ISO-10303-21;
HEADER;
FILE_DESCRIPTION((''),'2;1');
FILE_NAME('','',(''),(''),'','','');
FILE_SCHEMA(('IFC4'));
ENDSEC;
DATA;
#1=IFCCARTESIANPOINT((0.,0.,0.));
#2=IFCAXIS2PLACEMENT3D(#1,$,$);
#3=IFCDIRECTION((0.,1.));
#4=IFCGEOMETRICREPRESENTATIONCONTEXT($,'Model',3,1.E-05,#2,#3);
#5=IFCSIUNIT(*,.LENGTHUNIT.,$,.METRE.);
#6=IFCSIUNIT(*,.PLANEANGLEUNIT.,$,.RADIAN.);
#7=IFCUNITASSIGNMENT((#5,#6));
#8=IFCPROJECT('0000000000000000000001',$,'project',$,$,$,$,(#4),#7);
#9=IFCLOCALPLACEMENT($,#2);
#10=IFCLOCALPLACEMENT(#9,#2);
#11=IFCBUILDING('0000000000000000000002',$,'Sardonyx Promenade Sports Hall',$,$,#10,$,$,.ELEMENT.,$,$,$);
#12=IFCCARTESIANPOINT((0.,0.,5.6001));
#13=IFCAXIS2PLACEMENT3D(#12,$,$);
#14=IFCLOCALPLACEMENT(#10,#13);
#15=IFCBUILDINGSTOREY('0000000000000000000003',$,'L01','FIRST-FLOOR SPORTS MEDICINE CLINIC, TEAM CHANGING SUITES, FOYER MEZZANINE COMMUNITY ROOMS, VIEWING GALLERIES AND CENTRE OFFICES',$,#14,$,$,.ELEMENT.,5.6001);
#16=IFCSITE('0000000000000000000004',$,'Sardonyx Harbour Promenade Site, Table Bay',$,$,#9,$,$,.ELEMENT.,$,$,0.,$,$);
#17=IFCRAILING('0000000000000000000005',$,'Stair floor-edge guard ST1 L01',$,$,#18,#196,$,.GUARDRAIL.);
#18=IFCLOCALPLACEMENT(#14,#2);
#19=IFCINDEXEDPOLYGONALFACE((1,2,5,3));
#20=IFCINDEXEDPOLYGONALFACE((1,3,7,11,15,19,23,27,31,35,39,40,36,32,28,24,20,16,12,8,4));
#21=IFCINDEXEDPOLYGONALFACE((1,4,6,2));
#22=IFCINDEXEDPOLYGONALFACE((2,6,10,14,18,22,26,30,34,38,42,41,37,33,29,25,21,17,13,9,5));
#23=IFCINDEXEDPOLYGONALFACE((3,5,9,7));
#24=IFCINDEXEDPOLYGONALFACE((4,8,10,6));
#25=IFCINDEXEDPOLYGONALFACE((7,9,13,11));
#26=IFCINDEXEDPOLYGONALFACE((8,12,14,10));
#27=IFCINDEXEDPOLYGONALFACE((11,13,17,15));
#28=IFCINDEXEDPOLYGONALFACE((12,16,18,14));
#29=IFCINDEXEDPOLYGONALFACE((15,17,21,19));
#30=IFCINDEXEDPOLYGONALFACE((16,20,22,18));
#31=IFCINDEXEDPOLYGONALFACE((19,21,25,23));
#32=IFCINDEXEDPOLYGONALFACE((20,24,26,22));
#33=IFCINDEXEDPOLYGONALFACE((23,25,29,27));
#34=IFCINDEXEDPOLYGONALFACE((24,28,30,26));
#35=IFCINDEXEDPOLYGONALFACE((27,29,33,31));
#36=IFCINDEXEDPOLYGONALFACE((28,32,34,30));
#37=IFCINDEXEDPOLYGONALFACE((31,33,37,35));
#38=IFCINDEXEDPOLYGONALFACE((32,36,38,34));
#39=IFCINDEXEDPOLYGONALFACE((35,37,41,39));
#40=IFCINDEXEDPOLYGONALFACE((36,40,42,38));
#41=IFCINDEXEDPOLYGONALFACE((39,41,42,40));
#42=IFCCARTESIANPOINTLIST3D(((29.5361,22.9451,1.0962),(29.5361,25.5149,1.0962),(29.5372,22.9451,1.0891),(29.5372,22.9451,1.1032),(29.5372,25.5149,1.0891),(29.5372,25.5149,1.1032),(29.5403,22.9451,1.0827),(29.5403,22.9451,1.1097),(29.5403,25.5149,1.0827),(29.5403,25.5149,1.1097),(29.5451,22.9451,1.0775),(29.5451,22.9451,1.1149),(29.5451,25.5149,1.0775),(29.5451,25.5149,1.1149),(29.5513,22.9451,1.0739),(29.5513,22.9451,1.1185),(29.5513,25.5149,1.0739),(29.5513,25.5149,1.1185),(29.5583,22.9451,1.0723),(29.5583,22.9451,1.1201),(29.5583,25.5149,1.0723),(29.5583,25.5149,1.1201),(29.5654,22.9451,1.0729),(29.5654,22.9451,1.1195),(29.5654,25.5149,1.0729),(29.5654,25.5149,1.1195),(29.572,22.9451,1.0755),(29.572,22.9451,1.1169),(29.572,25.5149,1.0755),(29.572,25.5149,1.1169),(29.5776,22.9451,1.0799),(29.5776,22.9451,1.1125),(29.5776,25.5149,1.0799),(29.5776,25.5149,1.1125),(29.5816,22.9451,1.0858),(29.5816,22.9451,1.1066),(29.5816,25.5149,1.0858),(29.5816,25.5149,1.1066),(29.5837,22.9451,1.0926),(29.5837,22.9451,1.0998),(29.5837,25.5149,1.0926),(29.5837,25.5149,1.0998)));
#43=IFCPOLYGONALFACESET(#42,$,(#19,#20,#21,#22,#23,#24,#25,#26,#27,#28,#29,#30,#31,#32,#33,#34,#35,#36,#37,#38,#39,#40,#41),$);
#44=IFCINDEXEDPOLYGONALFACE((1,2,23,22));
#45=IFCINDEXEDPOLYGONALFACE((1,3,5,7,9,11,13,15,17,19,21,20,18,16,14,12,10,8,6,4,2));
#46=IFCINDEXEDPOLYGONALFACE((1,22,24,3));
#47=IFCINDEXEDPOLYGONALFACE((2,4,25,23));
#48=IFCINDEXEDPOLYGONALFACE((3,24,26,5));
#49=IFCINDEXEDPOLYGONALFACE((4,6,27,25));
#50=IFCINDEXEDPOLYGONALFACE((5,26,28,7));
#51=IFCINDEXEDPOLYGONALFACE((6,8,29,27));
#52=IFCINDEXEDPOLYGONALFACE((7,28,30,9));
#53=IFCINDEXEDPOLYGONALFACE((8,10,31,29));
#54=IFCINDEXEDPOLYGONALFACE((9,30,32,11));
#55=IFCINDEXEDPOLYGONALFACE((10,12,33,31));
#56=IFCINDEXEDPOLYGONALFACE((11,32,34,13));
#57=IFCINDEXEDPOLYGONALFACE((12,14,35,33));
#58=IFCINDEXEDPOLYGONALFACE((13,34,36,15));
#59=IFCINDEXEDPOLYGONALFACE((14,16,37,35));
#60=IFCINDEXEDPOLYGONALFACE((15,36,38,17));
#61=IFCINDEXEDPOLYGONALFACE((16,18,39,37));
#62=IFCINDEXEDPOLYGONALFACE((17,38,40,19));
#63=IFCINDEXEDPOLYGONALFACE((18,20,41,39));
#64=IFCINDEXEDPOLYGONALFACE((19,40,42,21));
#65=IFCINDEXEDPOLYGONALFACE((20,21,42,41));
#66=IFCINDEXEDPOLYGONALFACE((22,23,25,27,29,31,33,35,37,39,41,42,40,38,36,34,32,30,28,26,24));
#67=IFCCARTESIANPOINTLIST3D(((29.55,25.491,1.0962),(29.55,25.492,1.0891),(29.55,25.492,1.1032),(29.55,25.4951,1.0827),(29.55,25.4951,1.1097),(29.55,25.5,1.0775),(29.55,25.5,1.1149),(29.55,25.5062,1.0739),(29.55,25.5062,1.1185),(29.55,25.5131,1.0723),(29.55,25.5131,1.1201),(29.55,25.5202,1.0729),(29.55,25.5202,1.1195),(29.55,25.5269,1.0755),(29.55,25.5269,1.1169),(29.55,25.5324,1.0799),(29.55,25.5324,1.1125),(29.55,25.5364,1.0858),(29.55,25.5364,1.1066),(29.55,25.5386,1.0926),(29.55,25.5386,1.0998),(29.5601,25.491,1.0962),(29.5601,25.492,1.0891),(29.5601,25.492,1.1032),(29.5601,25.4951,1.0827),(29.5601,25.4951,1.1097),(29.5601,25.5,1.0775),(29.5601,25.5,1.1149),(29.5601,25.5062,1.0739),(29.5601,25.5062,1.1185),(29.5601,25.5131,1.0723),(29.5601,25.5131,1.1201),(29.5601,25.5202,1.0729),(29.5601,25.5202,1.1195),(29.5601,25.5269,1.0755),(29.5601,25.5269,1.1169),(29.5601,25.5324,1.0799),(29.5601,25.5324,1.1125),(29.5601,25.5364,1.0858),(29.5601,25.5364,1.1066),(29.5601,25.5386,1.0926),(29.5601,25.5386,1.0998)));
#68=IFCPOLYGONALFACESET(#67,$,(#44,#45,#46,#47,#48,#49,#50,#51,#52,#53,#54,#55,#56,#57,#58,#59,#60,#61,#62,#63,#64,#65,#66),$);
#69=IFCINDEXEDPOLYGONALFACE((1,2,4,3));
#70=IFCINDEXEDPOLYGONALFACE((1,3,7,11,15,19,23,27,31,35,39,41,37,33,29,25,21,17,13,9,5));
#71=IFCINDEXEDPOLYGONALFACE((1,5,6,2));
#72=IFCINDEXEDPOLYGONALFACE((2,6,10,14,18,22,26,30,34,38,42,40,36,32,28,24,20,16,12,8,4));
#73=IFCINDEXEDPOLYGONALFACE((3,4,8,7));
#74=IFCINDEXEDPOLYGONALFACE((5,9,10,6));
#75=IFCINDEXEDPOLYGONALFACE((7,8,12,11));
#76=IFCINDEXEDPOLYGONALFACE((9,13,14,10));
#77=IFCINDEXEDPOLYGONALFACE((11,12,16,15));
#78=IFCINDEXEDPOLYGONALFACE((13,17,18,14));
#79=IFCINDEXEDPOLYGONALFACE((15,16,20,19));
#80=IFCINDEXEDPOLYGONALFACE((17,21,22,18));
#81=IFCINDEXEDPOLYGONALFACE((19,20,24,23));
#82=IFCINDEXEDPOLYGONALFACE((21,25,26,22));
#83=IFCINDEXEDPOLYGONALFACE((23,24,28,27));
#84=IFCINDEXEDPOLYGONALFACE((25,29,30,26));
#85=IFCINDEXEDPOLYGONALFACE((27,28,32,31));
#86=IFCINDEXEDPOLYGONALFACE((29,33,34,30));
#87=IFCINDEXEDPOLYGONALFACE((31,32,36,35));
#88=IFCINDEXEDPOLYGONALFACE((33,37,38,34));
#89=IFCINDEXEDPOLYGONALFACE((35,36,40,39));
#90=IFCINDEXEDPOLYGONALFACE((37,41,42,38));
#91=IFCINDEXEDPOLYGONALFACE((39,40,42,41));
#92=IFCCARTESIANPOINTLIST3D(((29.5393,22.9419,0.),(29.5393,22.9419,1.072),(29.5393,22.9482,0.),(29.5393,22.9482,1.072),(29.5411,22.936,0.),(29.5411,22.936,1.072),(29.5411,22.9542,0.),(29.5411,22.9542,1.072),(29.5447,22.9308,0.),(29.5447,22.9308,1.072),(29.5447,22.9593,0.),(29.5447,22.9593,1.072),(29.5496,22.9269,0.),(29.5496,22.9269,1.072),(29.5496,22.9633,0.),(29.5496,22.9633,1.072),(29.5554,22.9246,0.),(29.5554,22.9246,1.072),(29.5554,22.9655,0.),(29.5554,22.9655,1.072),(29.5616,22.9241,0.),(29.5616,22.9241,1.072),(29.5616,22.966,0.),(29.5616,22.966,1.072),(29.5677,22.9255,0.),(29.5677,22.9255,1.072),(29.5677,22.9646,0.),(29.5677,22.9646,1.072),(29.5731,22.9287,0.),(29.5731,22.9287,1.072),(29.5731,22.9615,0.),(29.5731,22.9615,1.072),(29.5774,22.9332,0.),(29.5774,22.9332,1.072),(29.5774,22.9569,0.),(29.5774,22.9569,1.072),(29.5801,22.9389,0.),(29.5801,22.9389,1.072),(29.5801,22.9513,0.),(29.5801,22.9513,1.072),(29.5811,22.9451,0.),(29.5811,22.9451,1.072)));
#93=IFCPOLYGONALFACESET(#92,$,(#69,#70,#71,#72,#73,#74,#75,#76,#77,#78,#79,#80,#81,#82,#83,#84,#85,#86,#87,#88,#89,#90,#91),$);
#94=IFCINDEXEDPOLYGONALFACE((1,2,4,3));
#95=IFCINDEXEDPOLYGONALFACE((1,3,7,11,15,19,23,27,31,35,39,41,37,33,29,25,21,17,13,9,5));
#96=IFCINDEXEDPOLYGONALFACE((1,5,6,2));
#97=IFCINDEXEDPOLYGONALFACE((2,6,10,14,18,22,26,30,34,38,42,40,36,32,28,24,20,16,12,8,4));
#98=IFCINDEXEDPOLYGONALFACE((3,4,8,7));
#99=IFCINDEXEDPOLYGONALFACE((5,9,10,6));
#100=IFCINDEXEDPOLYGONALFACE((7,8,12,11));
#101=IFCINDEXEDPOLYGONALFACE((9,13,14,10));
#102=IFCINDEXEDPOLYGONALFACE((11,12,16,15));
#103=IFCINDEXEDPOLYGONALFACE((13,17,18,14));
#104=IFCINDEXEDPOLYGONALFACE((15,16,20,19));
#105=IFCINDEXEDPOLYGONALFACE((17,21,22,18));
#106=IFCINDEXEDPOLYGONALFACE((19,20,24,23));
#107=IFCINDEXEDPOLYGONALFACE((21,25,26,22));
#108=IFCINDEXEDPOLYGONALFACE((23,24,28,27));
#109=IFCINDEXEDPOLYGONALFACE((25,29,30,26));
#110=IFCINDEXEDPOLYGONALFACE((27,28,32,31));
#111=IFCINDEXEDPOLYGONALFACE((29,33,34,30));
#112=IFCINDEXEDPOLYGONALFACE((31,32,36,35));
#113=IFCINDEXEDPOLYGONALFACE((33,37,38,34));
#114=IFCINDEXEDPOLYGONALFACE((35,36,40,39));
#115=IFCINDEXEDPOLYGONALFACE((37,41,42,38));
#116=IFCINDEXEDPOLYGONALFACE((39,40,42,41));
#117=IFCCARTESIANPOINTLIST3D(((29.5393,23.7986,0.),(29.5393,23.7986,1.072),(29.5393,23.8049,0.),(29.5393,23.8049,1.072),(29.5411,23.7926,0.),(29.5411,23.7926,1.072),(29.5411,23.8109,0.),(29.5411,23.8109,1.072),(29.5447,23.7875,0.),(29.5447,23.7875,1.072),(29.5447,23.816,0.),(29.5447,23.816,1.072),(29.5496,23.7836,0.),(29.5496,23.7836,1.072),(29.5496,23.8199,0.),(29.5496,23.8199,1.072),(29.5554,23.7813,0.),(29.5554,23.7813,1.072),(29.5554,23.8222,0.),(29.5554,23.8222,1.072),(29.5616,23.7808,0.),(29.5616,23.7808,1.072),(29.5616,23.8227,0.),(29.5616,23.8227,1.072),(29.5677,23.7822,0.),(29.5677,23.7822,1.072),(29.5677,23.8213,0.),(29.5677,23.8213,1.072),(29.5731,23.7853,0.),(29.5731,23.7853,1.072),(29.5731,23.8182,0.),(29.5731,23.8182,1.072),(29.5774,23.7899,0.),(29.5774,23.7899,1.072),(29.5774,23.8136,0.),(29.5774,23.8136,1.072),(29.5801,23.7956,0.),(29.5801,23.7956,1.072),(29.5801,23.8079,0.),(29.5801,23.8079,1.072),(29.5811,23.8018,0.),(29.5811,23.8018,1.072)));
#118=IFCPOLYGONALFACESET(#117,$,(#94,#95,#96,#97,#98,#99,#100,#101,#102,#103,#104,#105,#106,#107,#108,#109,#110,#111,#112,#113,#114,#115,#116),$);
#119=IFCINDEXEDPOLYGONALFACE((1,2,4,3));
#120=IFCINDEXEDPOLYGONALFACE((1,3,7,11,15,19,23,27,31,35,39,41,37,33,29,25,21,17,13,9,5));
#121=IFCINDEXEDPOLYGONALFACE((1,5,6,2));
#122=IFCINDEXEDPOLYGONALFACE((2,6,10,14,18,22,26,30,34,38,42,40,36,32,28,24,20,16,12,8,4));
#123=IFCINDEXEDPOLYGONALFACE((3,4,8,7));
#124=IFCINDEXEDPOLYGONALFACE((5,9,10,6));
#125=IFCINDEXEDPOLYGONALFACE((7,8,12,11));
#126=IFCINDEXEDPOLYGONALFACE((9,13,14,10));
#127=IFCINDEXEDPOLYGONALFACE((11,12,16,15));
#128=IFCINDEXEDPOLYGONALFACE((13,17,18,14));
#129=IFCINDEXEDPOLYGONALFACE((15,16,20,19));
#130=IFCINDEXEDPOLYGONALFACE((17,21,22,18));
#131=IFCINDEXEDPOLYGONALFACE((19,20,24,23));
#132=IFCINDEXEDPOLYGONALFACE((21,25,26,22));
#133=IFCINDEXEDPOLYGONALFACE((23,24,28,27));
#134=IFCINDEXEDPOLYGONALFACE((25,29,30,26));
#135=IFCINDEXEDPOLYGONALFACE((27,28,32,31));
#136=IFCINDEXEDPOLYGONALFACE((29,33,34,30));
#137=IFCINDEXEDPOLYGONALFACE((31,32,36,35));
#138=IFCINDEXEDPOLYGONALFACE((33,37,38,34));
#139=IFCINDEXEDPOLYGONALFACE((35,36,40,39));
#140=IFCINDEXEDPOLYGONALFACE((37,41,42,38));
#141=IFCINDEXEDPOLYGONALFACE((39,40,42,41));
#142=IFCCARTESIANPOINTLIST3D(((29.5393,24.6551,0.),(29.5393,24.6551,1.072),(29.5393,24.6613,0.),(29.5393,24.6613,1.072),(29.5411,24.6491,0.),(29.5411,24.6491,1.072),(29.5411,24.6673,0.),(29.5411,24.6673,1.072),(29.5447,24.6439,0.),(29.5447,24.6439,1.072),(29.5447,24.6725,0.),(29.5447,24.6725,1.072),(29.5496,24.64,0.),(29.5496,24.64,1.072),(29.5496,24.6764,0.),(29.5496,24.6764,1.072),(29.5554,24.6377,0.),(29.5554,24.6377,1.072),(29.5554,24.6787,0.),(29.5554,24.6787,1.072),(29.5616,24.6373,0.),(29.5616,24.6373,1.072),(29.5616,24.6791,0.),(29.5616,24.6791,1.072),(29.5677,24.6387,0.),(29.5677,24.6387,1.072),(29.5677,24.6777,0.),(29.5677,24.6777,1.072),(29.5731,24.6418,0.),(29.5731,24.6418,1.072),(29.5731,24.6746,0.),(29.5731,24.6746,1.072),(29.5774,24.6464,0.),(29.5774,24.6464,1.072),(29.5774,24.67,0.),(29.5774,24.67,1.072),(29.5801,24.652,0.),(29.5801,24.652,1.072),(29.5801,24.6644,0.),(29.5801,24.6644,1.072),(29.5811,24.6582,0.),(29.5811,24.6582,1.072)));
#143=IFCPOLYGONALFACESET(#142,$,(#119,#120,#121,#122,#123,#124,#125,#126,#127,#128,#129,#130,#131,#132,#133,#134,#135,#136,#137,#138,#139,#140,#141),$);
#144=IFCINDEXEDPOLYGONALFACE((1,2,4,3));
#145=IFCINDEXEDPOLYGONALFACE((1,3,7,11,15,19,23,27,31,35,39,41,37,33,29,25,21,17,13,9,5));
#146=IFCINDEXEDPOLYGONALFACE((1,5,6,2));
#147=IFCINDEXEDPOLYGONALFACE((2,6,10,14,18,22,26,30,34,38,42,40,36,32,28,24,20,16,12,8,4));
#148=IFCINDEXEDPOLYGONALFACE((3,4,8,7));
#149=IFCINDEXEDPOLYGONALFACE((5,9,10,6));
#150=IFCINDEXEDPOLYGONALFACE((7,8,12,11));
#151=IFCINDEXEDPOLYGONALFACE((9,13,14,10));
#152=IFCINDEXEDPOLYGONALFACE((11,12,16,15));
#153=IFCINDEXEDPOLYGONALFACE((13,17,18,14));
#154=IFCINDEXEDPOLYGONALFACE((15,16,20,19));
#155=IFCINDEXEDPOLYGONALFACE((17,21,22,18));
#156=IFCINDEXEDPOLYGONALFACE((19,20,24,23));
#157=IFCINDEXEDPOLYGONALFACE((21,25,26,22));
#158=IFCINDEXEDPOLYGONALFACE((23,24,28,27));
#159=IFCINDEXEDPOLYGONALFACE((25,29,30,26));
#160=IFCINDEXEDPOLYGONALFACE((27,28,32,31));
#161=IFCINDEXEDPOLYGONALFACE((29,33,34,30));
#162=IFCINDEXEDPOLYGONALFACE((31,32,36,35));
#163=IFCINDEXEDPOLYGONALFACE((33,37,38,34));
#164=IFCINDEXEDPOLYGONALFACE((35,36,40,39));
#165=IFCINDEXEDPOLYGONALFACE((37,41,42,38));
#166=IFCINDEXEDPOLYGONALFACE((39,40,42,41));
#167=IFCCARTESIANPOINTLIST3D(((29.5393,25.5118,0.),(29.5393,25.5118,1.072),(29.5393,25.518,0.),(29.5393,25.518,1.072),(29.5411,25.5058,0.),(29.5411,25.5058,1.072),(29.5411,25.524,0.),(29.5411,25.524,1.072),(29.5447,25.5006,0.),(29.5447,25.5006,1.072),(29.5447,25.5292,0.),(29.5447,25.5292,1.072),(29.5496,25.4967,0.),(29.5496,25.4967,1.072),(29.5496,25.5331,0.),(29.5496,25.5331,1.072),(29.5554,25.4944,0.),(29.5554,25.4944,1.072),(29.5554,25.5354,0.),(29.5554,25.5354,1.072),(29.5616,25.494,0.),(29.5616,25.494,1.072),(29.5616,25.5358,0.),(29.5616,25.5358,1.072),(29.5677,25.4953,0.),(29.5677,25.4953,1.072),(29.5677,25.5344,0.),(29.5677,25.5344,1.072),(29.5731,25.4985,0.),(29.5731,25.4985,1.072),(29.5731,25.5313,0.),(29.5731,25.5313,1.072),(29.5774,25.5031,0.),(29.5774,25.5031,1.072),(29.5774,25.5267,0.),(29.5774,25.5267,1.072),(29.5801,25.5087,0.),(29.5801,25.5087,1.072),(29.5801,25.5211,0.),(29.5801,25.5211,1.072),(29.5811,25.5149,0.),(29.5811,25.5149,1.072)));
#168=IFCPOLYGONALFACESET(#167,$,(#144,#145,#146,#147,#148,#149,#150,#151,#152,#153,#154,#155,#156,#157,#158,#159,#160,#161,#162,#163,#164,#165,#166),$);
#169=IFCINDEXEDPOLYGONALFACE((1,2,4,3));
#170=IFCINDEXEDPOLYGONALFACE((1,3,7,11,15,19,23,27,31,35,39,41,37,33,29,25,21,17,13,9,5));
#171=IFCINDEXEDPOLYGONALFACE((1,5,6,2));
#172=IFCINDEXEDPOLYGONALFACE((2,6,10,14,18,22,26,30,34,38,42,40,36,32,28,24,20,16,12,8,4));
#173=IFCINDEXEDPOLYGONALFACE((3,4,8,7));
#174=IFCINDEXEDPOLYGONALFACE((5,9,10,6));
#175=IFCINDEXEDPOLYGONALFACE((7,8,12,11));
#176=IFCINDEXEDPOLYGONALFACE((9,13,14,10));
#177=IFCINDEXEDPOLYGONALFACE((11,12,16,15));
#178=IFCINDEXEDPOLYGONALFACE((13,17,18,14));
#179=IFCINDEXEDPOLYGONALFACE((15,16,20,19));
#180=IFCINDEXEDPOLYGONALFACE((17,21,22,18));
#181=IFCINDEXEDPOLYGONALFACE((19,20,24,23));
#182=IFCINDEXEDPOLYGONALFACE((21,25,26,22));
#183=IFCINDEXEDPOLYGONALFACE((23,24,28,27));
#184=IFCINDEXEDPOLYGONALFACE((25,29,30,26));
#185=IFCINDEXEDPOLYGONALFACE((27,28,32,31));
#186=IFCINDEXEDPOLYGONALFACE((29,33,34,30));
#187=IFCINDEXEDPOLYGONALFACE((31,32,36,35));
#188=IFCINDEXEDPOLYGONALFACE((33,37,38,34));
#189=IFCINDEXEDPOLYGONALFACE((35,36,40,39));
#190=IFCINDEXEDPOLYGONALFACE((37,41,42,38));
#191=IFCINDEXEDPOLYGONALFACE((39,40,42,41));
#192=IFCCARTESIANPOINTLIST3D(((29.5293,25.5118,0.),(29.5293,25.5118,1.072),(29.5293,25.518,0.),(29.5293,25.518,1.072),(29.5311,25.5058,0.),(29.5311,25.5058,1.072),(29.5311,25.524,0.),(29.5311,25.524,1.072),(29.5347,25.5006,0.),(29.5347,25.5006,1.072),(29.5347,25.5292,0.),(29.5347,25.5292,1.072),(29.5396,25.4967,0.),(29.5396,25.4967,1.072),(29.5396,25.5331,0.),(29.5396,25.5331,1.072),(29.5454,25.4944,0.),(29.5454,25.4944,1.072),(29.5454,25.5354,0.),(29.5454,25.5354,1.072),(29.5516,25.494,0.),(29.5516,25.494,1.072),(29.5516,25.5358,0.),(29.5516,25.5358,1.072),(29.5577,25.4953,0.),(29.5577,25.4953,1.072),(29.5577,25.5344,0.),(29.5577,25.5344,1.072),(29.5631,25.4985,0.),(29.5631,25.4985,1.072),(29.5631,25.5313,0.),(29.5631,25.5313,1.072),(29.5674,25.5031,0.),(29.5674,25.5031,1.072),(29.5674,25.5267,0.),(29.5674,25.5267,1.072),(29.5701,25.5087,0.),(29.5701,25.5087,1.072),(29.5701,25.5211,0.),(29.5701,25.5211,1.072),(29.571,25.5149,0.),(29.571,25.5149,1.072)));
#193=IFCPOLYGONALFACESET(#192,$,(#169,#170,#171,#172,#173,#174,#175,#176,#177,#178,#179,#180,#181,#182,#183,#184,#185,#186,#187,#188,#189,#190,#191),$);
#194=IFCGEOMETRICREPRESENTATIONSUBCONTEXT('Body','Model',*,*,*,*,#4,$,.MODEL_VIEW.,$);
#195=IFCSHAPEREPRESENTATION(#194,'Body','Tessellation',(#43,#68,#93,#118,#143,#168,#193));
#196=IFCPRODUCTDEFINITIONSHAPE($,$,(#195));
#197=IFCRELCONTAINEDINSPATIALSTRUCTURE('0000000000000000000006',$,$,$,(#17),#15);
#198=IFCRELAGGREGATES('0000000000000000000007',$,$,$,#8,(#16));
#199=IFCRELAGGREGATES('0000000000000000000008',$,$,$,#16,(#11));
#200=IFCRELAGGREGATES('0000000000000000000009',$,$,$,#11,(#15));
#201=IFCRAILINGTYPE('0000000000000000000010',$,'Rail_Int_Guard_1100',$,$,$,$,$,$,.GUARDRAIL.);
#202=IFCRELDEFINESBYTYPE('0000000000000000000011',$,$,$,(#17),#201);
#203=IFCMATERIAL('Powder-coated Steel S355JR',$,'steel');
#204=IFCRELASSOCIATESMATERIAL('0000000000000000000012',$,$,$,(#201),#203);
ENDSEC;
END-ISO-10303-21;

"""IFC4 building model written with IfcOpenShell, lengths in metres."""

from ifc_helpers import new_model, si_unit, direction, frame, origin, origin_2d, place, context, subcontext, project, spatial, circle, extrude, material, type_object, element, save


model = new_model("IFC4")

# Units and contexts
model_context = context("Model", 3, precision=1e-05, world=origin(), true_north=direction((0.0, 1.0)))
body_context = subcontext(model_context, "Body", "Model", "MODEL_VIEW")
ifc_project = project(units=[si_unit("LENGTHUNIT", "METRE"), si_unit("PLANEANGLEUNIT", "RADIAN")], contexts=[model_context])

# Site, building, storey
site_placement = place(None, origin())
site = spatial("IfcSite", under=ifc_project, at=site_placement, Name="Sardonyx Harbour Promenade Site, Table Bay", CompositionType="ELEMENT", RefElevation=0.0)
building_placement = place(site_placement, origin())
building = spatial("IfcBuilding", under=site, at=building_placement, Name="Sardonyx Promenade Sports Hall", CompositionType="ELEMENT")
storey_placement = place(building_placement, frame((0.0, 0.0, 5.6001)))
storey = spatial("IfcBuildingStorey", under=building, at=storey_placement, Name="L01", Description="FIRST-FLOOR SPORTS MEDICINE CLINIC, TEAM CHANGING SUITES, FOYER MEZZANINE COMMUNITY ROOMS, VIEWING GALLERIES AND CENTRE OFFICES", CompositionType="ELEMENT", Elevation=5.6001)

# Railing
ifc_material_1 = material(Name="Powder-coated Steel S355JR", Category="steel")
railing_type_1 = type_object("IfcRailingType", Name="Rail_Int_Guard_1100", PredefinedType="GUARDRAIL", material=ifc_material_1)
railing_1_placement = place(storey_placement, frame((29.5601, 22.9451, 0.0)))
element("IfcRailing", 1, at=railing_1_placement, inside=storey, type_object=railing_type_1, Name="Stair floor-edge guard ST1 L01", PredefinedType="GUARDRAIL", context=body_context, shape_type="SweptSolid", body=[
    extrude(circle(Radius=0.0239, at=origin_2d()), frame((0.0, 0.0, 1.0962), z_axis=(0.0, 1.0, 0.0), x_axis=(-1.0, 0.0, 0.0)), (0.0, 0.0, 1.0), 2.5698),
    extrude(circle(Radius=0.0239, at=origin_2d()), frame((0.0, 2.5698, 1.0962), z_axis=(-1.0, 0.0, 0.0), x_axis=(0.0, -1.0, 0.0)), (0.0, 0.0, 1.0), 0.01),
    extrude(circle(Radius=0.021, at=origin_2d()), origin(), (0.0, 0.0, 1.0), 1.072),
    extrude(circle(Radius=0.021, at=origin_2d()), frame((0.0, 0.8567, 0.0)), (0.0, 0.0, 1.0), 1.072),
    extrude(circle(Radius=0.021, at=origin_2d()), frame((0.0, 1.7131, 0.0)), (0.0, 0.0, 1.0), 1.072),
    extrude(circle(Radius=0.021, at=origin_2d()), frame((0.0, 2.5698, 0.0)), (0.0, 0.0, 1.0), 1.072),
    extrude(circle(Radius=0.021, at=origin_2d()), frame((-0.01, 2.5698, 0.0)), (0.0, 0.0, 1.0), 1.072),
])

save(model, "model.ifc")
